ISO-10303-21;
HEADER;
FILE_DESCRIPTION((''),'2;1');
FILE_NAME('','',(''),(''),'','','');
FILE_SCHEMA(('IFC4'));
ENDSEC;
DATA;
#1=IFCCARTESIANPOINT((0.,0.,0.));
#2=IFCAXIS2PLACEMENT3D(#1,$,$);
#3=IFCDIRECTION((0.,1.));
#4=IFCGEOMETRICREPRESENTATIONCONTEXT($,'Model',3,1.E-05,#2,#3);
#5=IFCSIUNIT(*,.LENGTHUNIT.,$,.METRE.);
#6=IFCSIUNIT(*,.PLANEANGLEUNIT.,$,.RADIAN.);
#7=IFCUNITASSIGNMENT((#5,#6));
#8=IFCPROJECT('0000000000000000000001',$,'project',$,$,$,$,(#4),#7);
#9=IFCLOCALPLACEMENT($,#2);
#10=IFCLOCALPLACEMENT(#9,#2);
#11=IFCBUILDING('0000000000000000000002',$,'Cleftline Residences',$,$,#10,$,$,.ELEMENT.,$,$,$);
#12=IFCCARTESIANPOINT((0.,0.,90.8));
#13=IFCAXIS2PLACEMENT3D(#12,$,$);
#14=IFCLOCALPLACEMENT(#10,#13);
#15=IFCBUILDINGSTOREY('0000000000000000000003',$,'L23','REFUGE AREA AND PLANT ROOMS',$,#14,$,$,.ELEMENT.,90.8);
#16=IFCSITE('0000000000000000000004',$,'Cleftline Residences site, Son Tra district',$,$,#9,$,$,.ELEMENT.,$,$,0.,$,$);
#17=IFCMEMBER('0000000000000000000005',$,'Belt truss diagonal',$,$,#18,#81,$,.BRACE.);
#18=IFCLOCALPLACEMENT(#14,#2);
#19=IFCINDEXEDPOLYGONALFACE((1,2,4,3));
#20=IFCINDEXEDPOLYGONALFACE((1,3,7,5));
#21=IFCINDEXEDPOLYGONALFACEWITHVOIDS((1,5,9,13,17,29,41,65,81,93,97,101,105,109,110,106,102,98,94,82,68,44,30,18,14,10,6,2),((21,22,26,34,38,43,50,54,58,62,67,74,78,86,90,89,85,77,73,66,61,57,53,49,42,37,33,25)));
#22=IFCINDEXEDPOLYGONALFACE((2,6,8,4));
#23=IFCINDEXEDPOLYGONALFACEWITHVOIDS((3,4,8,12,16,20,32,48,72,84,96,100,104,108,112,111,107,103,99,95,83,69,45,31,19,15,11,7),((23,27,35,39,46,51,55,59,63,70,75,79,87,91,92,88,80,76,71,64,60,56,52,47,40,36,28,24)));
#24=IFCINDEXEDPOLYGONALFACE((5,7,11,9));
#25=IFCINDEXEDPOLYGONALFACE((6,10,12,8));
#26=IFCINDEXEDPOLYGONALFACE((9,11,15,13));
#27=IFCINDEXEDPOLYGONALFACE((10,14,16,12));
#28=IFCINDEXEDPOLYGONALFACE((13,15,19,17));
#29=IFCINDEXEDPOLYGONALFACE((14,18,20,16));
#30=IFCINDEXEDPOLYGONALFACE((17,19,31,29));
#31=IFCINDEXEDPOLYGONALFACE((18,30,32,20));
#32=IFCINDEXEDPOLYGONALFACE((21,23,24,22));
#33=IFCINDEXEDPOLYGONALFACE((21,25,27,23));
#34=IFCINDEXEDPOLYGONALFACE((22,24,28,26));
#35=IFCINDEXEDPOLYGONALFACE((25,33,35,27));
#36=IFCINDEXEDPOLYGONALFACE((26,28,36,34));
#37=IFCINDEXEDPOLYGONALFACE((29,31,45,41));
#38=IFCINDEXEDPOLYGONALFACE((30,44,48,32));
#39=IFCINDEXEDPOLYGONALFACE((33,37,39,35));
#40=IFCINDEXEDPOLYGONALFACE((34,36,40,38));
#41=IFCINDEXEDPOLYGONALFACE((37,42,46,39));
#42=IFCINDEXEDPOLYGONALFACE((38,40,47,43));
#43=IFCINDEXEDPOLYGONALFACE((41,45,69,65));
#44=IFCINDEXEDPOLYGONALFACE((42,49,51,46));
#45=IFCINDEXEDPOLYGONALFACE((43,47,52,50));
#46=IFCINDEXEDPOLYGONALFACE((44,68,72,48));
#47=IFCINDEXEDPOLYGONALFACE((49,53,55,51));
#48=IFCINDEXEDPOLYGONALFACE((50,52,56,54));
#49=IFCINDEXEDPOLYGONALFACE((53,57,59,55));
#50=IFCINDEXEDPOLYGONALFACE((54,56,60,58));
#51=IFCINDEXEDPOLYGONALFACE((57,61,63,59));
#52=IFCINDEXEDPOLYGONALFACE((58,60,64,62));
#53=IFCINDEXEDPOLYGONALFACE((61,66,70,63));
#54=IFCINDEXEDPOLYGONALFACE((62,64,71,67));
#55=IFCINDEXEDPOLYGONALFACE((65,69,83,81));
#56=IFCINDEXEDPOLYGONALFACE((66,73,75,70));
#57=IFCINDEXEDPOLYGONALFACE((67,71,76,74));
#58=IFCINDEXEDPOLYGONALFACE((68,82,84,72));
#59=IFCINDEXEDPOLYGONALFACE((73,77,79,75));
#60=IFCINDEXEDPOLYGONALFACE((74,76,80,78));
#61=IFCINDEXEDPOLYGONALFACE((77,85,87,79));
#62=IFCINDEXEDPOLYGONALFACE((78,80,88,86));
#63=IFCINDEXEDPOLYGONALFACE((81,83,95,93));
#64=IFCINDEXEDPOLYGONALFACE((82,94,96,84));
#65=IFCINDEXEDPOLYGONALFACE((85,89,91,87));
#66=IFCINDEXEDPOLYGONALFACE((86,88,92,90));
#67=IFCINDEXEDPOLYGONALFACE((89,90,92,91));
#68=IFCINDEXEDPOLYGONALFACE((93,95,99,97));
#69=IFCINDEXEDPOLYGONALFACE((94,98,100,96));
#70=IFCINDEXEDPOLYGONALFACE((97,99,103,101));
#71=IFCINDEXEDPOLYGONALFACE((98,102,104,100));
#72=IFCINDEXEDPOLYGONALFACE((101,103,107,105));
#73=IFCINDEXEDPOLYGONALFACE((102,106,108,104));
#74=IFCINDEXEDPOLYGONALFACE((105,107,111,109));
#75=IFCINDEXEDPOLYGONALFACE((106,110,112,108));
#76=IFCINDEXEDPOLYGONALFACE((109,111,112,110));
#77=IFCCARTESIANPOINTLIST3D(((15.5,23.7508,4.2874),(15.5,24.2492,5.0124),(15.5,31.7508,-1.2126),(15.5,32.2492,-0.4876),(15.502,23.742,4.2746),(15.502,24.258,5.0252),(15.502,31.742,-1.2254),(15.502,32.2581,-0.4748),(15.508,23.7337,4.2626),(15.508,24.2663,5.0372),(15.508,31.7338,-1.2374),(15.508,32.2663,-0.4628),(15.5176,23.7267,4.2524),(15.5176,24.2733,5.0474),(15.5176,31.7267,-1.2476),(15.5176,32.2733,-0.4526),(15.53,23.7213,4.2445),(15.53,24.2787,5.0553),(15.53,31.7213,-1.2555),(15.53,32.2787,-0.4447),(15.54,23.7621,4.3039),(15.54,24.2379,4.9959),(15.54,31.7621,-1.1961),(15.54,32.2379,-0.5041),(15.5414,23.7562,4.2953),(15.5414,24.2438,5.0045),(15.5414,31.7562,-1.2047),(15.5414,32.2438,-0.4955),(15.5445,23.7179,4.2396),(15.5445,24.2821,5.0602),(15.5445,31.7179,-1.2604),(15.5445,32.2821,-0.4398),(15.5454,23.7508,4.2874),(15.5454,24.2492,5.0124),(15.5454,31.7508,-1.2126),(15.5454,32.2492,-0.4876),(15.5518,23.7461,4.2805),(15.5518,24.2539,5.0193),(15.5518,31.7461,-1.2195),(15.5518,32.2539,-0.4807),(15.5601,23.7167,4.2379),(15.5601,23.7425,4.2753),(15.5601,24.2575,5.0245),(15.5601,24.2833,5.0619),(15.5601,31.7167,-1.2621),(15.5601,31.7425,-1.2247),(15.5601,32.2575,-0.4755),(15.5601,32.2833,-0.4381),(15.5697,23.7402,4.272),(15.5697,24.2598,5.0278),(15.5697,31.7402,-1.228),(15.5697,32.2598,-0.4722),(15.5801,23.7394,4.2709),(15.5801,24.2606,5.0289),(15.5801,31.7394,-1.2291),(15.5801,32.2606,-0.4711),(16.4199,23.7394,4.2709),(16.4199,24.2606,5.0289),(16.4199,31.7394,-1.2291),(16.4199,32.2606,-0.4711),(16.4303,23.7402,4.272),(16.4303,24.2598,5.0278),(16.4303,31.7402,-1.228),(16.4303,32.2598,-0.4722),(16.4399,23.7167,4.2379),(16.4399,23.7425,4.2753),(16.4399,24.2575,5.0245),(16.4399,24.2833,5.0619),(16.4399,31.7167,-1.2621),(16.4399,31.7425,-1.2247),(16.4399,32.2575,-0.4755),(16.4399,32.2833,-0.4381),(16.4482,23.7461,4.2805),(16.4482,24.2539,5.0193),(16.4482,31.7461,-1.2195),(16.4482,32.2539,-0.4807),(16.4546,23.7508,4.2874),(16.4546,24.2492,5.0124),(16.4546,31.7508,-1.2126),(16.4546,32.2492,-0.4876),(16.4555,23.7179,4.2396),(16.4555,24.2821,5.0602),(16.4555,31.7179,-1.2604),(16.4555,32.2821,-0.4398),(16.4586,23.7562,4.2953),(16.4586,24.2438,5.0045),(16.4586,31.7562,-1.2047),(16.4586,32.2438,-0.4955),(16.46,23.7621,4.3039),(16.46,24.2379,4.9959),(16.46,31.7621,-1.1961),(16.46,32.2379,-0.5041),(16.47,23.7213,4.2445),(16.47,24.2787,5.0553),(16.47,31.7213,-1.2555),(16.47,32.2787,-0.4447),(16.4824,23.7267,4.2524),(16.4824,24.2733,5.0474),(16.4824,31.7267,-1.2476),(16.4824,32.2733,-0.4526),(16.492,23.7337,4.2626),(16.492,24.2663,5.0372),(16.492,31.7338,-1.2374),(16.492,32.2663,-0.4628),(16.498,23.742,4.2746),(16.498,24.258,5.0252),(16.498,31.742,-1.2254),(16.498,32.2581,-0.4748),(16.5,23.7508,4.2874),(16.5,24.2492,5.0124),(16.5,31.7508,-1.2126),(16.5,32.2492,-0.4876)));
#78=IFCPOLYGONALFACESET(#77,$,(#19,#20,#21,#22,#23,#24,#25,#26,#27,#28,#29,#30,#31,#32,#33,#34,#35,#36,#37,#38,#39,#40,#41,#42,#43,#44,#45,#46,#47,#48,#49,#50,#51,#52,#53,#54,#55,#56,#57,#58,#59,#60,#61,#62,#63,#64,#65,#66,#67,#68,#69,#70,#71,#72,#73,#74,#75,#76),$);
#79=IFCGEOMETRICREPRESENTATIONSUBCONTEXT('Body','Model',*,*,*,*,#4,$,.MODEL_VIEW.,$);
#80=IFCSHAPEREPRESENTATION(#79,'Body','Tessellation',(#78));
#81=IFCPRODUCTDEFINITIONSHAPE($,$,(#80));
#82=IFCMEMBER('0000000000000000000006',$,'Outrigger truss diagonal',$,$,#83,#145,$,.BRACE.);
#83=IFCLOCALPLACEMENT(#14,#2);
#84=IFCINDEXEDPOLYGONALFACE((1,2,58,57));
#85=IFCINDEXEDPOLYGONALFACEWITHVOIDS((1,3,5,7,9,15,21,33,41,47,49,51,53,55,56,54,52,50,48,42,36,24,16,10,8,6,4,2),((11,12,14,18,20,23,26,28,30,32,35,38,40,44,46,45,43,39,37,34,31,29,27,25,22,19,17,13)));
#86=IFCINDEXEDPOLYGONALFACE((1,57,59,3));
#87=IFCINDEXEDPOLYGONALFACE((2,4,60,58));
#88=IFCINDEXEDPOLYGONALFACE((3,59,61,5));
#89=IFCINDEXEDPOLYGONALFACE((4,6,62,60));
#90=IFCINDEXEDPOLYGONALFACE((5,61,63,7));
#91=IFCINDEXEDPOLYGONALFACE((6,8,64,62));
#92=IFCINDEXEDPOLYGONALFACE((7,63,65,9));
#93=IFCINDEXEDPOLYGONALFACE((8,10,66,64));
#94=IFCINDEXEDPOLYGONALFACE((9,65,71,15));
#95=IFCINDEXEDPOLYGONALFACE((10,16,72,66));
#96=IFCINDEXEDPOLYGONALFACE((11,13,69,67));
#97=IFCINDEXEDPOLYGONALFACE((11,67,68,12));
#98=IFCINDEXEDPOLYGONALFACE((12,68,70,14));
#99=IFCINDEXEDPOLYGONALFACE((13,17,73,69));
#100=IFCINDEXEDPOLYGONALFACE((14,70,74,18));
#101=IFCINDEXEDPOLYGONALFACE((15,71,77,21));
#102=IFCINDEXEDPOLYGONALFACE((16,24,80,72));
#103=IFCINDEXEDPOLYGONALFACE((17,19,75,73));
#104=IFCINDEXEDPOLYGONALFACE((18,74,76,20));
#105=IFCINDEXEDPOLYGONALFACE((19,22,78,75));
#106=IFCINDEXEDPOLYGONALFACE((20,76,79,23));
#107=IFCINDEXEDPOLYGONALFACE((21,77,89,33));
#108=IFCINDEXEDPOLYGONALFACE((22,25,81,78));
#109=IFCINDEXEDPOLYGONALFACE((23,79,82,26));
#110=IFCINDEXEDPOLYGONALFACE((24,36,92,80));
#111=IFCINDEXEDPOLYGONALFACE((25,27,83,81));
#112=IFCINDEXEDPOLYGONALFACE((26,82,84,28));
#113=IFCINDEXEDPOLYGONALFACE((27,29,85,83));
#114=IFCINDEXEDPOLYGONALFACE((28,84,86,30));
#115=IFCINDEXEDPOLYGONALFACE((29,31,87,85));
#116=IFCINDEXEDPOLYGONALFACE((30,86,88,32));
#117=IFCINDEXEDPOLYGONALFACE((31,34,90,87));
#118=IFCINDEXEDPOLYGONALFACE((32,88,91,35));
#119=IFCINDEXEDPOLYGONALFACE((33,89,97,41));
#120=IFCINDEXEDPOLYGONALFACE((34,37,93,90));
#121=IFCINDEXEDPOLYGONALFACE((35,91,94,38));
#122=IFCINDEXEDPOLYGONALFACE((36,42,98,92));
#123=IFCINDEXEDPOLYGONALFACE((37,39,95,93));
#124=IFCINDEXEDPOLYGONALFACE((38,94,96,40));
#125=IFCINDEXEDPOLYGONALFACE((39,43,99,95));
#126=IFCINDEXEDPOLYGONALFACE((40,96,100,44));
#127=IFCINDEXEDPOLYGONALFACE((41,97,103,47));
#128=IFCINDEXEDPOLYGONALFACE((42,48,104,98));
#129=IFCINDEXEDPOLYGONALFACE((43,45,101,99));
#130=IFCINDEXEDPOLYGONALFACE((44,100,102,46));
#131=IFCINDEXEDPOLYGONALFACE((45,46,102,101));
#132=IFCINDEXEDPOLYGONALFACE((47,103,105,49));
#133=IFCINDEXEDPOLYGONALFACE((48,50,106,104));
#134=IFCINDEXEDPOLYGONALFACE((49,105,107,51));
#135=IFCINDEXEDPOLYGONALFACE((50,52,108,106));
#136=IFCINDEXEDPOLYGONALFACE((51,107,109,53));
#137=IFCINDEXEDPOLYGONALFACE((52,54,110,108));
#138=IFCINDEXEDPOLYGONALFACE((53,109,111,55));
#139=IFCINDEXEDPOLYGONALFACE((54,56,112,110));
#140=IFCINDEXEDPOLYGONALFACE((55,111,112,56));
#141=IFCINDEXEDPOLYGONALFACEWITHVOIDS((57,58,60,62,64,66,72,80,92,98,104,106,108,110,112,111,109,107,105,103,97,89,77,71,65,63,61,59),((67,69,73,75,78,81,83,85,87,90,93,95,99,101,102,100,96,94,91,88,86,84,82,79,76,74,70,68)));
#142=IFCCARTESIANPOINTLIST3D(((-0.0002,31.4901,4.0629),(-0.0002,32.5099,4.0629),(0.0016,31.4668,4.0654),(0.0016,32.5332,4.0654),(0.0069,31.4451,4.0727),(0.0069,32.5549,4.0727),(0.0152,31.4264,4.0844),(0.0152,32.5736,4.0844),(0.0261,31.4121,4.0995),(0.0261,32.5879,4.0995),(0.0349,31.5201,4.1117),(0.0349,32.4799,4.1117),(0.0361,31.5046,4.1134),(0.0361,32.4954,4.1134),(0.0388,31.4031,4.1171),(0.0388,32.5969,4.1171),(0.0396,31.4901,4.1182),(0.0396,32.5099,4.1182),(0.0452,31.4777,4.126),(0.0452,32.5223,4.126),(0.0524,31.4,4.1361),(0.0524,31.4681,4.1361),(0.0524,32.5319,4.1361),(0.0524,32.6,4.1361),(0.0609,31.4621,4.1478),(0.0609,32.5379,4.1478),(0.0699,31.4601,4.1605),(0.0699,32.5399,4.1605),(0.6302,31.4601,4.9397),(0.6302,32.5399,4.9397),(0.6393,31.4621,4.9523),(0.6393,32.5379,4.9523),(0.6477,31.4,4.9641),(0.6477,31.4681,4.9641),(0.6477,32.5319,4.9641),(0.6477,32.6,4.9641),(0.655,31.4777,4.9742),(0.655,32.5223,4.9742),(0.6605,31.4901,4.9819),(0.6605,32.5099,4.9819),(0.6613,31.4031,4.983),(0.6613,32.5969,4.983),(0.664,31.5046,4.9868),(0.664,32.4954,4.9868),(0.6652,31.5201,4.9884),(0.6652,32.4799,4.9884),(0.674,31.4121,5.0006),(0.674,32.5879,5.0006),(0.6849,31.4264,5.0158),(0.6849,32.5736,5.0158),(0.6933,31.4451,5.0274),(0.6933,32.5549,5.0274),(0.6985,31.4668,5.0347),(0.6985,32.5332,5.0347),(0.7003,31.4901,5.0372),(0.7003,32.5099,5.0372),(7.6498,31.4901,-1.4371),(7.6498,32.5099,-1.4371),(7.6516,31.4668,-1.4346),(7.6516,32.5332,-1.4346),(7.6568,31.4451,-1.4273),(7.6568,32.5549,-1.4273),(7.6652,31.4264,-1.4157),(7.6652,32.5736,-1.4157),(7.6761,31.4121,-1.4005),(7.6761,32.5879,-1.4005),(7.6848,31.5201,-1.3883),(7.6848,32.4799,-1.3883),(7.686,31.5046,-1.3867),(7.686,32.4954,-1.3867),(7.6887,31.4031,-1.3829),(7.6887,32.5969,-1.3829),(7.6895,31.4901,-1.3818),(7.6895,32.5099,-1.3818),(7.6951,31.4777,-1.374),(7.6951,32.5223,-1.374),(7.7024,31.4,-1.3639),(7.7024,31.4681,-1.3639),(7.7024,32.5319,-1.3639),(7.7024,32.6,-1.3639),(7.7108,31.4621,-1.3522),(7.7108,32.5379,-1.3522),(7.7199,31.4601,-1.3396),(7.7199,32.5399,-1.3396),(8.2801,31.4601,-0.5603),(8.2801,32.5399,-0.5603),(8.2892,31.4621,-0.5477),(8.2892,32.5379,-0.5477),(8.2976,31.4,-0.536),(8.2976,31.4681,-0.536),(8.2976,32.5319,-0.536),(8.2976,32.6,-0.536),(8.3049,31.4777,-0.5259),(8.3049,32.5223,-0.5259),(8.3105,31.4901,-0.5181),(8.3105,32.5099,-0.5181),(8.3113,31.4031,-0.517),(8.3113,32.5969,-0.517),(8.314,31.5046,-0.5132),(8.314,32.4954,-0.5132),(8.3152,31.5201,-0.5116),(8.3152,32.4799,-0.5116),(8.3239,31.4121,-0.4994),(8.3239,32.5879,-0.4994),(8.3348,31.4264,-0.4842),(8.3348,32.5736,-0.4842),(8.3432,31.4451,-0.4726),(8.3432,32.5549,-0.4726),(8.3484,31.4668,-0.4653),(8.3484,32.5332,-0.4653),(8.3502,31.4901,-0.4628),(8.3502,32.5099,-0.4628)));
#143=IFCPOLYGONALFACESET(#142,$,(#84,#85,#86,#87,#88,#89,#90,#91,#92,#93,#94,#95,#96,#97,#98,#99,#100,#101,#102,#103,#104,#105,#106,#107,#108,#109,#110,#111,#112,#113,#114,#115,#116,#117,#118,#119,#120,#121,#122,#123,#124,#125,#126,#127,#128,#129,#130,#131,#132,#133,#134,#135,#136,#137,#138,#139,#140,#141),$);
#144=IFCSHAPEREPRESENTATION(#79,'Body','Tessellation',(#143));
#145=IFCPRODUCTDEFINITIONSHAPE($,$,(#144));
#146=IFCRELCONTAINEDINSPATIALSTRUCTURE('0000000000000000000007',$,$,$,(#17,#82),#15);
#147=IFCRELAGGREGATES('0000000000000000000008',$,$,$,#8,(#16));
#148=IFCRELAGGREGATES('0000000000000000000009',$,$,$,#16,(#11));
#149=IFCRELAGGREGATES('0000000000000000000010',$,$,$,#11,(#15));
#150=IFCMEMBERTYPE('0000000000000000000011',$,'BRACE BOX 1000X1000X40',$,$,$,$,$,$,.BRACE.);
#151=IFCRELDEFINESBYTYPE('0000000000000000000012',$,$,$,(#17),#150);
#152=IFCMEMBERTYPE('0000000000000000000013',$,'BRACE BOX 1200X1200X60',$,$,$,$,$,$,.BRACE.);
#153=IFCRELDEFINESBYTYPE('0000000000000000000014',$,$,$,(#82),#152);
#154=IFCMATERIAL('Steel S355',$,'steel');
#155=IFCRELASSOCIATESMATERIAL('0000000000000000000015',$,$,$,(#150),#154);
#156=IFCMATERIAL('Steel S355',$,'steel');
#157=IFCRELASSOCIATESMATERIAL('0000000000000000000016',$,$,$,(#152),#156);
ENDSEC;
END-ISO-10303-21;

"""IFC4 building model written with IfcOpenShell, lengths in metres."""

from ifc_helpers import new_model, si_unit, direction, frame, origin, origin_2d, place, context, subcontext, project, spatial, hollow_rectangle, extrude, material, material_profile, profile_set, type_object, element, save


model = new_model("IFC4")

# Units and contexts
model_context = context("Model", 3, precision=1e-05, world=origin(), true_north=direction((0.0, 1.0)))
body_context = subcontext(model_context, "Body", "Model", "MODEL_VIEW")
ifc_project = project(units=[si_unit("LENGTHUNIT", "METRE"), si_unit("PLANEANGLEUNIT", "RADIAN")], contexts=[model_context])

# Site, building, storey
site_placement = place(None, origin())
site = spatial("IfcSite", under=ifc_project, at=site_placement, Name="Cleftline Residences site, Son Tra district", CompositionType="ELEMENT", RefElevation=0.0)
building_placement = place(site_placement, origin())
building = spatial("IfcBuilding", under=site, at=building_placement, Name="Cleftline Residences", CompositionType="ELEMENT")
storey_placement = place(building_placement, frame((0.0, 0.0, 90.8)))
storey = spatial("IfcBuildingStorey", under=building, at=storey_placement, Name="L23", Description="REFUGE AREA AND PLANT ROOMS", CompositionType="ELEMENT", Elevation=90.8)

# Members
ifc_material_1 = material(Name="Steel S355", Category="steel")
ifc_material_profile_1 = material_profile(ifc_material_1, hollow_rectangle(XDim=1.0, YDim=1.0, WallThickness=0.04, InnerFilletRadius=0.04, OuterFilletRadius=0.0601, at=origin_2d()))
ifc_profile_set_1 = profile_set([ifc_material_profile_1], Name="Steel S355")
member_type_1 = type_object("IfcMemberType", Name="BRACE BOX 1000X1000X40", PredefinedType="BRACE", material=ifc_profile_set_1)
for number, where, z_axis, x_axis, name in (
    (1, (16.0, 24.0, 4.6499), (0.0, 0.824042, -0.566529), (0.0, 0.566529, 0.824042), "Belt truss diagonal"),
):
    element("IfcMember", number, at=place(storey_placement, frame(where, z_axis=z_axis, x_axis=x_axis)), inside=storey, type_object=member_type_1, Name=name, PredefinedType="BRACE", context=body_context, shape_type="SweptSolid", body=[
        extrude(hollow_rectangle(XDim=1.0, YDim=1.0, WallThickness=0.04, InnerFilletRadius=0.04, OuterFilletRadius=0.0601, at=origin_2d()), origin(), (0.0, 0.0, 1.0), 9.7083),
    ])
ifc_material_2 = material(Name="Steel S355", Category="steel")
ifc_material_profile_2 = material_profile(ifc_material_2, hollow_rectangle(XDim=1.2, YDim=1.2, WallThickness=0.0601, InnerFilletRadius=0.0601, OuterFilletRadius=0.0901, at=origin_2d()))
ifc_profile_set_2 = profile_set([ifc_material_profile_2], Name="Steel S355")
member_type_2 = type_object("IfcMemberType", Name="BRACE BOX 1200X1200X60", PredefinedType="BRACE", material=ifc_profile_set_2)
member_1_placement = place(storey_placement, frame((8.0, 32.0, -0.95), z_axis=(-0.811933, 0.0, 0.58375), x_axis=(0.58375, 0.0, 0.811933)))
element("IfcMember", 2, at=member_1_placement, inside=storey, type_object=member_type_2, Name="Outrigger truss diagonal", PredefinedType="BRACE", context=body_context, shape_type="SweptSolid", body=[
    extrude(hollow_rectangle(XDim=1.2, YDim=1.2, WallThickness=0.0601, InnerFilletRadius=0.0601, OuterFilletRadius=0.0901, at=origin_2d()), origin(), (0.0, 0.0, 1.0), 9.4219),
])

save(model, "model.ifc")
